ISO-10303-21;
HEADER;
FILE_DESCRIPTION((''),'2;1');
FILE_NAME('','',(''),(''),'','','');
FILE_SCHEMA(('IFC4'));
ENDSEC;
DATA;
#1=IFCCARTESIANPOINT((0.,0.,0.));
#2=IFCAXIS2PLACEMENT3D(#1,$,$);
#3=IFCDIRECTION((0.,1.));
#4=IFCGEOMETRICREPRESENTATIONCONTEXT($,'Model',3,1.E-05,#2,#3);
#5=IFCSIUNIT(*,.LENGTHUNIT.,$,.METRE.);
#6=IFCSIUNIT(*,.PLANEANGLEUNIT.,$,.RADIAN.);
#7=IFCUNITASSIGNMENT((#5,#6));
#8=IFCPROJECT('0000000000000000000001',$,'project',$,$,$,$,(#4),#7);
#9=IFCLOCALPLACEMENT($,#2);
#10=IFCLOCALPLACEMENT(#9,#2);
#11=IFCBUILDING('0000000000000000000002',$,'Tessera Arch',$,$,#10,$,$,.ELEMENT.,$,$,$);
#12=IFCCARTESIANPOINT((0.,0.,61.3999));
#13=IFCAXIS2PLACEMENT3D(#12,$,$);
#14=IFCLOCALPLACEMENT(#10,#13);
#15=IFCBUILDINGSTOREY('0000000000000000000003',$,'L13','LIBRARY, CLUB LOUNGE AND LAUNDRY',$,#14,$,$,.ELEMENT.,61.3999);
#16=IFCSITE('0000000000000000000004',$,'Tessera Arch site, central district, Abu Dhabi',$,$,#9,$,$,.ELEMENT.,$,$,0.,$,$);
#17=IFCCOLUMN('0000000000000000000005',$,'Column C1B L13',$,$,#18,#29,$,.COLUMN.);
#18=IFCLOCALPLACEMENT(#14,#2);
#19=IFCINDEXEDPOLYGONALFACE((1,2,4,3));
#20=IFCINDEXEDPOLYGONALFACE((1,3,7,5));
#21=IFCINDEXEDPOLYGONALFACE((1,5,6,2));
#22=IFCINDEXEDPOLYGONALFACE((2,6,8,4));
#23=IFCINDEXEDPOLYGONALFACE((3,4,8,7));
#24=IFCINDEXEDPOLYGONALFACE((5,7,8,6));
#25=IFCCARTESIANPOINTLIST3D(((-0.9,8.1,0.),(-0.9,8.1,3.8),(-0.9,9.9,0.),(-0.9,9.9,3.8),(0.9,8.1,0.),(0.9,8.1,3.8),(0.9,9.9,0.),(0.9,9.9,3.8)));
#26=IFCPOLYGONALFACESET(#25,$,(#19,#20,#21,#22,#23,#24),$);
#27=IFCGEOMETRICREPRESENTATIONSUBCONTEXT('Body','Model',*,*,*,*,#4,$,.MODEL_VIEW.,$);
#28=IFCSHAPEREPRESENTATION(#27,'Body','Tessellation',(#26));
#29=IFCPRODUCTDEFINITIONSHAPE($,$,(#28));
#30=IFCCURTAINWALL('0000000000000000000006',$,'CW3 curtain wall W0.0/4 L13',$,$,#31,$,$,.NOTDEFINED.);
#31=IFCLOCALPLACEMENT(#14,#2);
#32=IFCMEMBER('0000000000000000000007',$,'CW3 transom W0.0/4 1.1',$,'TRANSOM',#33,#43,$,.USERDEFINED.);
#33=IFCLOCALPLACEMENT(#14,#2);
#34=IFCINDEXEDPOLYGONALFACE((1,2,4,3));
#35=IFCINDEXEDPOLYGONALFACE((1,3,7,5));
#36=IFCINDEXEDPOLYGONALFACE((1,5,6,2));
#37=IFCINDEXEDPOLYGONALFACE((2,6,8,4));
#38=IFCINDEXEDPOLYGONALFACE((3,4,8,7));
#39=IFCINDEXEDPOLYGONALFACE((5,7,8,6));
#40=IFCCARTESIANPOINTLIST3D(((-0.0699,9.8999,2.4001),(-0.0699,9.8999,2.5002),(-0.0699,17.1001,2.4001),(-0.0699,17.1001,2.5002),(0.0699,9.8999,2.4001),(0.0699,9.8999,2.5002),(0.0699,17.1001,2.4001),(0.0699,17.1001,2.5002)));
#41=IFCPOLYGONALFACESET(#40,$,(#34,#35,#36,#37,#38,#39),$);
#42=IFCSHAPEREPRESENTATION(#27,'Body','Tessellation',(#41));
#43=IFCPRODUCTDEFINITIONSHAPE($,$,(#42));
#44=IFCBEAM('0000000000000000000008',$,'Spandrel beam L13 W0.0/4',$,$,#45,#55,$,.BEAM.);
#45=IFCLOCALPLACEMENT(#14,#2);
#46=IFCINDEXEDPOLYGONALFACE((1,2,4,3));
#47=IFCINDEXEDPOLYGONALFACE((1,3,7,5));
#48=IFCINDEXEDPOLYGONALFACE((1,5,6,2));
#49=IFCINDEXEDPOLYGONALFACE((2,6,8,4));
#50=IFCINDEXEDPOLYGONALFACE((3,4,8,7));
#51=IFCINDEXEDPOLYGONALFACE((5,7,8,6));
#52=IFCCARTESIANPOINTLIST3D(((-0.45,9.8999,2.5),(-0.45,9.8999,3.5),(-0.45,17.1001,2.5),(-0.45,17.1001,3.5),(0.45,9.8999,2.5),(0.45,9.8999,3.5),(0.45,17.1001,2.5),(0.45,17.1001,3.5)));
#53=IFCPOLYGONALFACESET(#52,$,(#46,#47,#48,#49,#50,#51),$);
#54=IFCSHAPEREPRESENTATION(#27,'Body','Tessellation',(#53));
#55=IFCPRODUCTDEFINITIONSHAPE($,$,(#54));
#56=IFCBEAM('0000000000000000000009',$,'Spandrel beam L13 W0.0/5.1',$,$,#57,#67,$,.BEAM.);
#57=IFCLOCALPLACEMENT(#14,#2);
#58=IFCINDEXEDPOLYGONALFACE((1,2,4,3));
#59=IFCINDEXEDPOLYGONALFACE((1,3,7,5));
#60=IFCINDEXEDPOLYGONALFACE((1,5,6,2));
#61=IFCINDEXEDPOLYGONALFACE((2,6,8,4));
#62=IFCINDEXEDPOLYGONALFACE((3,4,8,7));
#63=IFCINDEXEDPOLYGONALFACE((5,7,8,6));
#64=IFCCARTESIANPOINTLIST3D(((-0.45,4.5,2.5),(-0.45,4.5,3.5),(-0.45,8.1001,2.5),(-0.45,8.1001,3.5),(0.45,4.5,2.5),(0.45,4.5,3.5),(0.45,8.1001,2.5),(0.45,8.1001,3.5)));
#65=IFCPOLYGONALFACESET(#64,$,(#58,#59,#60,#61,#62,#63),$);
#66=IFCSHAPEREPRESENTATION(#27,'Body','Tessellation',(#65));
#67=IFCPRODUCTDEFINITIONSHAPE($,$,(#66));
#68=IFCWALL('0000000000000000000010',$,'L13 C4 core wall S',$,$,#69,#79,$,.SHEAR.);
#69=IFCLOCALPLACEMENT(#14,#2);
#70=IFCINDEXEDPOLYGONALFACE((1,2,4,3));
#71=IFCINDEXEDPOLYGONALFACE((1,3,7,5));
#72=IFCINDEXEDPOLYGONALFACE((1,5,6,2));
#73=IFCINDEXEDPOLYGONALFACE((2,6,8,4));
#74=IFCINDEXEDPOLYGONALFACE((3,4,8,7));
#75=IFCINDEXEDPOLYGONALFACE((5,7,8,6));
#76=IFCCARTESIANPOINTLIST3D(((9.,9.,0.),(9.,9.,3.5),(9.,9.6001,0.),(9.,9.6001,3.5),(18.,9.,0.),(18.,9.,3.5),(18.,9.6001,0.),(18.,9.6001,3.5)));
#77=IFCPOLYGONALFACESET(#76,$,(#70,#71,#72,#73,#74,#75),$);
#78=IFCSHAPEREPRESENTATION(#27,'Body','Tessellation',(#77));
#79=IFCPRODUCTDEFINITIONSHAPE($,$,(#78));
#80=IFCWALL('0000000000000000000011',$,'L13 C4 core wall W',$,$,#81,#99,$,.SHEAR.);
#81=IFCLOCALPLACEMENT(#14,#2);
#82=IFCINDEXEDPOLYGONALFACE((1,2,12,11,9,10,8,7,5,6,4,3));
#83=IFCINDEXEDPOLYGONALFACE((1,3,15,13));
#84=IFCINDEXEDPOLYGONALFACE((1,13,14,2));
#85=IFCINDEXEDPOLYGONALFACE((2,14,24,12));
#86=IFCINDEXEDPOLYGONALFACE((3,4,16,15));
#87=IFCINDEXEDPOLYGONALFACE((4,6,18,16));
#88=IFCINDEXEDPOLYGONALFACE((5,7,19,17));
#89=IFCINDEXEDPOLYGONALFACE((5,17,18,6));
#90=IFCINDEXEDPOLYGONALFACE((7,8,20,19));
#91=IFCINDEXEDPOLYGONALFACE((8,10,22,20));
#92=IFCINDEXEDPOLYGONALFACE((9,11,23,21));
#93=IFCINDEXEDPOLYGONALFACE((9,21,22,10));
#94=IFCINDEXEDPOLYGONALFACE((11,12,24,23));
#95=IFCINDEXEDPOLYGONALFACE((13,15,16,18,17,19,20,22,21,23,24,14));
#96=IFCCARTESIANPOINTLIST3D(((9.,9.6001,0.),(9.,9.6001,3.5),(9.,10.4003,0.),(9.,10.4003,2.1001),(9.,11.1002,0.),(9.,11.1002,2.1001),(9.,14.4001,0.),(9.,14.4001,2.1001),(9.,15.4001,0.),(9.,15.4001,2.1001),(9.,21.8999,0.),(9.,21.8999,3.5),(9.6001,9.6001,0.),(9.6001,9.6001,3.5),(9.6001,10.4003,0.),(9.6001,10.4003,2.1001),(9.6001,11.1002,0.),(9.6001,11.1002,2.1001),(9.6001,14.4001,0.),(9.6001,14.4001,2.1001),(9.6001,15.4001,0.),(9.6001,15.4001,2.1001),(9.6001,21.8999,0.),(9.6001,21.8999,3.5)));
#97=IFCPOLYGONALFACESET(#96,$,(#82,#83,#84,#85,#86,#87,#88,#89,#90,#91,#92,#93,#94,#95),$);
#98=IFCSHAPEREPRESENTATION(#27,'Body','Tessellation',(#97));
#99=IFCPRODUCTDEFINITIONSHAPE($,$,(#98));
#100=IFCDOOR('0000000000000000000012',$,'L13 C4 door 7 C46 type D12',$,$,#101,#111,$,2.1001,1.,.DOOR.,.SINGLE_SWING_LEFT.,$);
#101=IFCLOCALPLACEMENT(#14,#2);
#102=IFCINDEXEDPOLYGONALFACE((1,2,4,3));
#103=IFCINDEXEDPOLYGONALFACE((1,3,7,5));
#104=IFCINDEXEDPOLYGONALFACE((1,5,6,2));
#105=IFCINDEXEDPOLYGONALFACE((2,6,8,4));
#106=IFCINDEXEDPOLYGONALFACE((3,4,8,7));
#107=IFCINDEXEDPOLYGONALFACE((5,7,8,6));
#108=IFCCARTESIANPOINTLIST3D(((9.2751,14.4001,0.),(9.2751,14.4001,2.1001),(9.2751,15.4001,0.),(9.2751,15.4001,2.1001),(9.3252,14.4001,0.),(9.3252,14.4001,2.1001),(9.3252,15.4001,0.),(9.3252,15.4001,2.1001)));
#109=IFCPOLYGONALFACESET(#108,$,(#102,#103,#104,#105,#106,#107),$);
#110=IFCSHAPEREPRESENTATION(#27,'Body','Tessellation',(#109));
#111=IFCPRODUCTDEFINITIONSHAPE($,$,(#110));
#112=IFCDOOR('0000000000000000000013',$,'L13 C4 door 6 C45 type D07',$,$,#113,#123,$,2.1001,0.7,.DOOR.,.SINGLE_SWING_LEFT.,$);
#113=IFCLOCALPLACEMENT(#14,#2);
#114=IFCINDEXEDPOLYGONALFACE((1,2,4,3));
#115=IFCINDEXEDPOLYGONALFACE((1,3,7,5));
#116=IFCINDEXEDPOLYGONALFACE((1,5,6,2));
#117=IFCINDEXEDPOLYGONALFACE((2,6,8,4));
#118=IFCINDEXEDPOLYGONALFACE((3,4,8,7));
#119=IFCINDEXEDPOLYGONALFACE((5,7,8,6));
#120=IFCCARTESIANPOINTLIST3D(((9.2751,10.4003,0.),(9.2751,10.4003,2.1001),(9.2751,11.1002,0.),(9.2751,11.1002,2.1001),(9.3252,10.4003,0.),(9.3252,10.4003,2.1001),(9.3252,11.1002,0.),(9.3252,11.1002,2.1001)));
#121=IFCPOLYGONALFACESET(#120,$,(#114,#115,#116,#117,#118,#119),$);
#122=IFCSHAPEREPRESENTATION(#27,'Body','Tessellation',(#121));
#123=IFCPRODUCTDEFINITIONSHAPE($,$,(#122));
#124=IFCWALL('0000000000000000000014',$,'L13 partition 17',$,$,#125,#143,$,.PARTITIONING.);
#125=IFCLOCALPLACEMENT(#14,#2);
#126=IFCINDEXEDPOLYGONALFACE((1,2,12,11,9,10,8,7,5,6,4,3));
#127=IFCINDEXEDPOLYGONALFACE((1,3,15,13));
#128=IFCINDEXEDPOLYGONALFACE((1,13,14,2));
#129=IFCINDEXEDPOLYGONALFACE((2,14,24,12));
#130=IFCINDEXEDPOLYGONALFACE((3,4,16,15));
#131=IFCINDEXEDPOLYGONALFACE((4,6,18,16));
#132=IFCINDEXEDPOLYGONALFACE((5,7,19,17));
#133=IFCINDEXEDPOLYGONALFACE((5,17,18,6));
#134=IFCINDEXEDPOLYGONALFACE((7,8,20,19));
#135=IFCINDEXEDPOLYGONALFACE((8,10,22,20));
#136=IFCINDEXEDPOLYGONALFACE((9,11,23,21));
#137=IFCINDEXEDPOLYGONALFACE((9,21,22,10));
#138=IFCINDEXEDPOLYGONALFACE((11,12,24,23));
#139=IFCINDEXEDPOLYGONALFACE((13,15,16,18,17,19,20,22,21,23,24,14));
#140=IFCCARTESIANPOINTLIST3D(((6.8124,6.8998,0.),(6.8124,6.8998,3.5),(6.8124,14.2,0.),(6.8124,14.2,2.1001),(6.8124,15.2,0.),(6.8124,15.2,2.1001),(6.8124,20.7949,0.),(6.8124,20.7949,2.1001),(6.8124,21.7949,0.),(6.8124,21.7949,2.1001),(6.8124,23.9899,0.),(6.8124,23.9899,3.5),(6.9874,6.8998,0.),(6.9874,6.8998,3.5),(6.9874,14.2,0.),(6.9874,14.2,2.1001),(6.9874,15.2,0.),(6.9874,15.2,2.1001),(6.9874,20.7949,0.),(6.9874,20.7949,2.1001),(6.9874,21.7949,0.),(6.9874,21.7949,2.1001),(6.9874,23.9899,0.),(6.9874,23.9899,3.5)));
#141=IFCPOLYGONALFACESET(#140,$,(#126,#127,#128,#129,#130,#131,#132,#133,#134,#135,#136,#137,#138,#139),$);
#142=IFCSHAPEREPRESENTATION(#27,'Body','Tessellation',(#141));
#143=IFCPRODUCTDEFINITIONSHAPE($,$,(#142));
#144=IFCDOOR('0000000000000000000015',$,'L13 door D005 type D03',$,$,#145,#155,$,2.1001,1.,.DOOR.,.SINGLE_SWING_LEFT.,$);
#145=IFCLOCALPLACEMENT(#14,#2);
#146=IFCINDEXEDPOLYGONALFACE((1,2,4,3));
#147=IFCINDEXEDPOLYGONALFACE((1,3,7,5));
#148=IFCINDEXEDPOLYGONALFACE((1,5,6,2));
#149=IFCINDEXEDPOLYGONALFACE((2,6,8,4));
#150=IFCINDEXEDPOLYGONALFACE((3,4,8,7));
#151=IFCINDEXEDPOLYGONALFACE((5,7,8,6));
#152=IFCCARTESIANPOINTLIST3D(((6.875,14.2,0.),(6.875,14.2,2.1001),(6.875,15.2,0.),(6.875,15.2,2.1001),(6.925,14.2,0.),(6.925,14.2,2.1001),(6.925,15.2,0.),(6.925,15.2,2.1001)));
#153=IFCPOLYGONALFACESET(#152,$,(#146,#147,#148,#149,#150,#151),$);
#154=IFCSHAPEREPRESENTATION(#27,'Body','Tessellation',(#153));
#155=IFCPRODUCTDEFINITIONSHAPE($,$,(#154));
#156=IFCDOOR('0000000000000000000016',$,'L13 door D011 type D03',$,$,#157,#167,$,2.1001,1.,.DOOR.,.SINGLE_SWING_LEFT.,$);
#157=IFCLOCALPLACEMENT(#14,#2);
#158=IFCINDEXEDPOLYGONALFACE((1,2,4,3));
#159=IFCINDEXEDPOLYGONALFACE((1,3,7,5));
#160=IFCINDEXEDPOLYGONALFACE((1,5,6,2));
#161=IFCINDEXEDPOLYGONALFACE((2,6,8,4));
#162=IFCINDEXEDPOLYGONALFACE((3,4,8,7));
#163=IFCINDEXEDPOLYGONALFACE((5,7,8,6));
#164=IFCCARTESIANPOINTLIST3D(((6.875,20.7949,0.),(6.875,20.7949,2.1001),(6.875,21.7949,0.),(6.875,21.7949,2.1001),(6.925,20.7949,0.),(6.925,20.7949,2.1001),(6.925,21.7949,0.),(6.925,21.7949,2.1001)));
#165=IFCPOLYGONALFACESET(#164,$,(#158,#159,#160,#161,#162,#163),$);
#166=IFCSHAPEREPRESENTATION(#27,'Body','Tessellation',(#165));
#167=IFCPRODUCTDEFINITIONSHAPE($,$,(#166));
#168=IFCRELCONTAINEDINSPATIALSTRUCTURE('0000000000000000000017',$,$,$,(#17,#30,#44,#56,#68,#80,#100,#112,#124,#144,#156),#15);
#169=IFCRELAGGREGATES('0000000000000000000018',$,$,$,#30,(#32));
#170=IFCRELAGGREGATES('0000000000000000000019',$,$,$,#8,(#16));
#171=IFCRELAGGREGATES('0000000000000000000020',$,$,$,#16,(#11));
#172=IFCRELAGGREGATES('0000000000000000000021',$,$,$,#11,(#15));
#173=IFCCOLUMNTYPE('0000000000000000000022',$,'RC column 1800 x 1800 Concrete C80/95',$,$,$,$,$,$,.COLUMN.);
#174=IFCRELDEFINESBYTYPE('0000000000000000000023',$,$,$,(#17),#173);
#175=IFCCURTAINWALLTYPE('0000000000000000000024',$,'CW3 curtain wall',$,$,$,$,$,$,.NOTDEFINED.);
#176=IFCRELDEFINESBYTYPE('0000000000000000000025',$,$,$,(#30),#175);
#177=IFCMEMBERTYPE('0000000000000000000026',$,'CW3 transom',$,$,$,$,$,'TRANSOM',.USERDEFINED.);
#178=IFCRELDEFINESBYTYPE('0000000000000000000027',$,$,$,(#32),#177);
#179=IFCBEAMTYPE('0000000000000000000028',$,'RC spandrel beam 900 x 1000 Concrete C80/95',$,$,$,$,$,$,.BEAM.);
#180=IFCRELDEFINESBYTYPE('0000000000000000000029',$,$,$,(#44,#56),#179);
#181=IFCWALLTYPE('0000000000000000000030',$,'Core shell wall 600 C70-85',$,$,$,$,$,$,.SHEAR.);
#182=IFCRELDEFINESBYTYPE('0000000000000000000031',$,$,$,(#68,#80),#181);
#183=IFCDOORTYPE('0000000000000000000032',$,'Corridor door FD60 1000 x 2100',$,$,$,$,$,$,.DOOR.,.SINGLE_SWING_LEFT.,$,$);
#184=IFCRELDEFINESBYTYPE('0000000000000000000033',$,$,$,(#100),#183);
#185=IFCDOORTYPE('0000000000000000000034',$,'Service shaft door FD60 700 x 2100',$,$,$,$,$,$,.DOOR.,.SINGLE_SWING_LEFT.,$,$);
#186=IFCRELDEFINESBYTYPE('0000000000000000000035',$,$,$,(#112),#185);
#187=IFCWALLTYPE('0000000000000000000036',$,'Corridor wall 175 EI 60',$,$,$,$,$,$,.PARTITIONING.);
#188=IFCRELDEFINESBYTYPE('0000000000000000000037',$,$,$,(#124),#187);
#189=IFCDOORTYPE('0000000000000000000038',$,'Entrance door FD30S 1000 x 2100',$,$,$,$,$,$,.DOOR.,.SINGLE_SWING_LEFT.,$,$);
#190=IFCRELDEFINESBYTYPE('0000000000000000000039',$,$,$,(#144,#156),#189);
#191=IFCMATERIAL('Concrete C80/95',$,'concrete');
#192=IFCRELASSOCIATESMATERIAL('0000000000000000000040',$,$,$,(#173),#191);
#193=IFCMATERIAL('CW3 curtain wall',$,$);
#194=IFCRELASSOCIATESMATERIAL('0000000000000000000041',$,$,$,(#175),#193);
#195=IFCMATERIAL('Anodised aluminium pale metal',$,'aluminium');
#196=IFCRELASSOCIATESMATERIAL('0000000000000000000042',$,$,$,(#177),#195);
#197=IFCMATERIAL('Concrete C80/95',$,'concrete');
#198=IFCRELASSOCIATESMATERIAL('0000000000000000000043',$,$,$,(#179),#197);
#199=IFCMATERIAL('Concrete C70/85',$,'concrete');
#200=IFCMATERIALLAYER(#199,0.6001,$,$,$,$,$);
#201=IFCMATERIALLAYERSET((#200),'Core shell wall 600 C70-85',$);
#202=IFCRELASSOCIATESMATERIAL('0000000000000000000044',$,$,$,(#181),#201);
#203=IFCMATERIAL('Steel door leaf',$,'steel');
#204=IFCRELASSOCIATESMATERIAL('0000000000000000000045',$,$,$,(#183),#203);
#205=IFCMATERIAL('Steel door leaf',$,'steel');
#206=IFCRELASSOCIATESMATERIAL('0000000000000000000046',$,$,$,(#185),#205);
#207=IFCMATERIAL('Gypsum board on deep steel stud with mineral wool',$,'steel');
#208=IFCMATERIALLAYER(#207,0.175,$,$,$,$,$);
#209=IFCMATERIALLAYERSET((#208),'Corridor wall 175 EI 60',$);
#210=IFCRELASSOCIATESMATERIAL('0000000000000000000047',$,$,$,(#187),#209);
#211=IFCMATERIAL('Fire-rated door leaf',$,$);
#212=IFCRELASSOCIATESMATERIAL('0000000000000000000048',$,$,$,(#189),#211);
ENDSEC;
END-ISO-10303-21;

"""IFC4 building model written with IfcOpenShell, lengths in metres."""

from ifc_helpers import new_model, si_unit, direction, frame, frame_2d, origin, origin_2d, place, context, subcontext, project, spatial, rectangle, extrude, material, layer, layer_set, material_profile, profile_set, type_object, element, fill, aggregate, save


model = new_model("IFC4")

# Units and contexts
model_context = context("Model", 3, precision=1e-05, world=origin(), true_north=direction((0.0, 1.0)))
body_context = subcontext(model_context, "Body", "Model", "MODEL_VIEW")
ifc_project = project(units=[si_unit("LENGTHUNIT", "METRE"), si_unit("PLANEANGLEUNIT", "RADIAN")], contexts=[model_context])

# Site, building, storey
site_placement = place(None, origin())
site = spatial("IfcSite", under=ifc_project, at=site_placement, Name="Tessera Arch site, central district, Abu Dhabi", CompositionType="ELEMENT", RefElevation=0.0)
building_placement = place(site_placement, origin())
building = spatial("IfcBuilding", under=site, at=building_placement, Name="Tessera Arch", CompositionType="ELEMENT")
storey_placement = place(building_placement, frame((0.0, 0.0, 61.3999)))
storey = spatial("IfcBuildingStorey", under=building, at=storey_placement, Name="L13", Description="LIBRARY, CLUB LOUNGE AND LAUNDRY", CompositionType="ELEMENT", Elevation=61.3999)

# Column
ifc_material_1 = material(Name="Concrete C80/95", Category="concrete")
ifc_material_profile_1 = material_profile(ifc_material_1, rectangle(XDim=1.8, YDim=1.8, at=origin_2d()), Name="RC column 1800 x 1800 Concrete C80/95")
ifc_profile_set_1 = profile_set([ifc_material_profile_1], Name="Concrete C80/95")
column_type = type_object("IfcColumnType", Name="RC column 1800 x 1800 Concrete C80/95", PredefinedType="COLUMN", material=ifc_profile_set_1)
column_placement = place(storey_placement, frame((0.0, 9.0, 0.0), z_axis=(0.0, 0.0, 1.0), x_axis=(1.0, 0.0, 0.0)))
element("IfcColumn", 1, at=column_placement, inside=storey, type_object=column_type, Name="Column C1B L13", PredefinedType="COLUMN", context=body_context, shape_type="SweptSolid", body=[
    extrude(rectangle(XDim=1.8, YDim=1.8, at=origin_2d()), origin(), (0.0, 0.0, 1.0), 3.8),
])

# Curtain wall, member
ifc_material_2 = material(Name="CW3 curtain wall")
curtain_wall_type = type_object("IfcCurtainWallType", Name="CW3 curtain wall", PredefinedType="NOTDEFINED", material=ifc_material_2)
curtain_wall_placement = place(storey_placement, origin())
curtain_wall = element("IfcCurtainWall", 2, at=curtain_wall_placement, inside=storey, type_object=curtain_wall_type, Name="CW3 curtain wall W0.0/4 L13", PredefinedType="NOTDEFINED")
ifc_material_3 = material(Name="Anodised aluminium pale metal", Category="aluminium")
ifc_material_profile_2 = material_profile(ifc_material_3, rectangle(XDim=0.1399, YDim=0.1001, at=origin_2d()), Name="AL 140x100")
ifc_profile_set_2 = profile_set([ifc_material_profile_2], Name="Anodised aluminium pale metal")
member_type = type_object("IfcMemberType", Name="CW3 transom", ElementType="TRANSOM", PredefinedType="USERDEFINED", material=ifc_profile_set_2)
member_placement = place(storey_placement, frame((0.0, 17.1001, 2.4502), z_axis=(0.0, -1.0, 0.0), x_axis=(1.0, 0.0, 0.0)))
member = element("IfcMember", 3, at=member_placement, type_object=member_type, Name="CW3 transom W0.0/4 1.1", ObjectType="TRANSOM", PredefinedType="USERDEFINED", context=body_context, shape_type="SweptSolid", body=[
    extrude(rectangle(XDim=0.1399, YDim=0.1001, at=origin_2d()), origin(), (0.0, 0.0, 1.0), 7.2002),
])
aggregate(curtain_wall, [member])

# Beams
ifc_material_4 = material(Name="Concrete C80/95", Category="concrete")
ifc_material_profile_3 = material_profile(ifc_material_4, rectangle(XDim=0.8999, YDim=1.0, at=origin_2d()), Name="RC spandrel beam 900 x 1000 Concrete C80/95")
ifc_profile_set_3 = profile_set([ifc_material_profile_3], Name="Concrete C80/95")
beam_type = type_object("IfcBeamType", Name="RC spandrel beam 900 x 1000 Concrete C80/95", PredefinedType="BEAM", material=ifc_profile_set_3)
beam_1_placement = place(storey_placement, frame((0.0, 17.1001, 3.0), z_axis=(0.0, -1.0, 0.0), x_axis=(1.0, 0.0, 0.0)))
element("IfcBeam", 4, at=beam_1_placement, inside=storey, type_object=beam_type, Name="Spandrel beam L13 W0.0/4", PredefinedType="BEAM", context=body_context, shape_type="SweptSolid", body=[
    extrude(rectangle(XDim=0.8999, YDim=1.0, at=origin_2d()), origin(), (0.0, 0.0, 1.0), 7.2002),
])
beam_2_placement = place(storey_placement, frame((0.0, 8.1001, 3.0), z_axis=(0.0, -1.0, 0.0), x_axis=(1.0, 0.0, 0.0)))
element("IfcBeam", 5, at=beam_2_placement, inside=storey, type_object=beam_type, Name="Spandrel beam L13 W0.0/5.1", PredefinedType="BEAM", context=body_context, shape_type="SweptSolid", body=[
    extrude(rectangle(XDim=0.8999, YDim=1.0, at=origin_2d()), origin(), (0.0, 0.0, 1.0), 3.6001),
])

# Wall
ifc_material_5 = material(Name="Concrete C70/85", Category="concrete")
ifc_layer_1 = layer(ifc_material_5, 0.6001)
ifc_layer_set_1 = layer_set([ifc_layer_1], Name="Core shell wall 600 C70-85")
wall_type_1 = type_object("IfcWallType", Name="Core shell wall 600 C70-85", PredefinedType="SHEAR", material=ifc_layer_set_1)
wall_1_placement = place(storey_placement, frame((9.0, 9.3, 0.0), z_axis=(0.0, 0.0, 1.0), x_axis=(1.0, 0.0, 0.0)))
element("IfcWall", 6, at=wall_1_placement, inside=storey, type_object=wall_type_1, Name="L13 C4 core wall S", PredefinedType="SHEAR", context=body_context, shape_type="SweptSolid", body=[
    extrude(rectangle(XDim=9.0, YDim=0.6001, at=frame_2d((4.5, 0.0))), origin(), (0.0, 0.0, 1.0), 3.5),
])

# Walls, openings, doors
wall_2_placement = place(storey_placement, frame((9.3, 9.6001, 0.0), z_axis=(0.0, 0.0, 1.0), x_axis=(0.0, 1.0, 0.0)))
wall_2 = element("IfcWall", 7, at=wall_2_placement, inside=storey, type_object=wall_type_1, Name="L13 C4 core wall W", PredefinedType="SHEAR", context=body_context, shape_type="SweptSolid", body=[
    extrude(rectangle(XDim=12.2998, YDim=0.6001, at=frame_2d((6.1499, 0.0))), origin(), (0.0, 0.0, 1.0), 3.5),
])
opening_1_placement = place(wall_2_placement, frame((0.8, 0.0, 0.0)))
opening_1 = element("IfcOpeningElement", 8, at=opening_1_placement, cuts=wall_2, PredefinedType="OPENING", context=body_context, shape_type="SweptSolid", body=[
    extrude(rectangle(XDim=0.7, YDim=2.1001, at=frame_2d((0.3501, 1.05))), frame((0.0, 0.3101, 0.0), z_axis=(0.0, -1.0, 0.0), x_axis=(1.0, 0.0, 0.0)), (0.0, 0.0, 1.0), 0.6201),
])
opening_2_placement = place(wall_2_placement, frame((4.8, 0.0, 0.0)))
opening_2 = element("IfcOpeningElement", 9, at=opening_2_placement, cuts=wall_2, PredefinedType="OPENING", context=body_context, shape_type="SweptSolid", body=[
    extrude(rectangle(XDim=1.0, YDim=2.1001, at=frame_2d((0.5, 1.05))), frame((0.0, 0.3101, 0.0), z_axis=(0.0, -1.0, 0.0), x_axis=(1.0, 0.0, 0.0)), (0.0, 0.0, 1.0), 0.6201),
])
ifc_material_6 = material(Name="Steel door leaf", Category="steel")
door_type_1 = type_object("IfcDoorType", Name="Corridor door FD60 1000 x 2100", OperationType="SINGLE_SWING_LEFT", PredefinedType="DOOR", material=ifc_material_6)
door_1_placement = place(opening_2_placement, origin())
door_1 = element("IfcDoor", 10, at=door_1_placement, inside=storey, type_object=door_type_1, Name="L13 C4 door 7 C46 type D12", OperationType="SINGLE_SWING_LEFT", OverallHeight=2.1001, OverallWidth=1.0, PredefinedType="DOOR", context=body_context, shape_type="SweptSolid", body=[
    extrude(rectangle(XDim=1.0, YDim=2.1001, at=frame_2d((0.5, 1.05))), frame((0.0, 0.0249, 0.0), z_axis=(0.0, -1.0, 0.0), x_axis=(1.0, 0.0, 0.0)), (0.0, 0.0, 1.0), 0.05),
])
fill(opening_2, door_1)
ifc_material_7 = material(Name="Steel door leaf", Category="steel")
door_type_2 = type_object("IfcDoorType", Name="Service shaft door FD60 700 x 2100", OperationType="SINGLE_SWING_LEFT", PredefinedType="DOOR", material=ifc_material_7)
door_2_placement = place(opening_1_placement, origin())
door_2 = element("IfcDoor", 11, at=door_2_placement, inside=storey, type_object=door_type_2, Name="L13 C4 door 6 C45 type D07", OperationType="SINGLE_SWING_LEFT", OverallHeight=2.1001, OverallWidth=0.7, PredefinedType="DOOR", context=body_context, shape_type="SweptSolid", body=[
    extrude(rectangle(XDim=0.7, YDim=2.1001, at=frame_2d((0.3501, 1.05))), frame((0.0, 0.0249, 0.0), z_axis=(0.0, -1.0, 0.0), x_axis=(1.0, 0.0, 0.0)), (0.0, 0.0, 1.0), 0.05),
])
fill(opening_1, door_2)
ifc_material_8 = material(Name="Gypsum board on deep steel stud with mineral wool", Category="steel")
ifc_layer_2 = layer(ifc_material_8, 0.175)
ifc_layer_set_2 = layer_set([ifc_layer_2], Name="Corridor wall 175 EI 60")
wall_type_2 = type_object("IfcWallType", Name="Corridor wall 175 EI 60", PredefinedType="PARTITIONING", material=ifc_layer_set_2)
wall_3_placement = place(storey_placement, frame((6.8999, 6.8999, 0.0), z_axis=(0.0, 0.0, 1.0), x_axis=(0.0, 1.0, 0.0)))
wall_3 = element("IfcWall", 12, at=wall_3_placement, inside=storey, type_object=wall_type_2, Name="L13 partition 17", PredefinedType="PARTITIONING", context=body_context, shape_type="SweptSolid", body=[
    extrude(rectangle(XDim=17.0901, YDim=0.175, at=frame_2d((8.5449, 0.0))), origin(), (0.0, 0.0, 1.0), 3.5),
])
opening_3_placement = place(wall_3_placement, frame((7.3, 0.0, 0.0)))
opening_3 = element("IfcOpeningElement", 13, at=opening_3_placement, cuts=wall_3, PredefinedType="OPENING", context=body_context, shape_type="SweptSolid", body=[
    extrude(rectangle(XDim=1.0, YDim=2.1001, at=frame_2d((0.5, 1.05))), frame((0.0, 0.0974, 0.0), z_axis=(0.0, -1.0, 0.0), x_axis=(1.0, 0.0, 0.0)), (0.0, 0.0, 1.0), 0.1951),
])
opening_4_placement = place(wall_3_placement, frame((13.895, 0.0, 0.0)))
opening_4 = element("IfcOpeningElement", 14, at=opening_4_placement, cuts=wall_3, PredefinedType="OPENING", context=body_context, shape_type="SweptSolid", body=[
    extrude(rectangle(XDim=1.0, YDim=2.1001, at=frame_2d((0.5, 1.05))), frame((0.0, 0.0974, 0.0), z_axis=(0.0, -1.0, 0.0), x_axis=(1.0, 0.0, 0.0)), (0.0, 0.0, 1.0), 0.1951),
])
ifc_material_9 = material(Name="Fire-rated door leaf")
door_type_3 = type_object("IfcDoorType", Name="Entrance door FD30S 1000 x 2100", OperationType="SINGLE_SWING_LEFT", PredefinedType="DOOR", material=ifc_material_9)
door_3_placement = place(opening_3_placement, origin())
door_3 = element("IfcDoor", 15, at=door_3_placement, inside=storey, type_object=door_type_3, Name="L13 door D005 type D03", OperationType="SINGLE_SWING_LEFT", OverallHeight=2.1001, OverallWidth=1.0, PredefinedType="DOOR", context=body_context, shape_type="SweptSolid", body=[
    extrude(rectangle(XDim=1.0, YDim=2.1001, at=frame_2d((0.5, 1.05))), frame((0.0, 0.0249, 0.0), z_axis=(0.0, -1.0, 0.0), x_axis=(1.0, 0.0, 0.0)), (0.0, 0.0, 1.0), 0.05),
])
fill(opening_3, door_3)
door_4_placement = place(opening_4_placement, origin())
door_4 = element("IfcDoor", 16, at=door_4_placement, inside=storey, type_object=door_type_3, Name="L13 door D011 type D03", OperationType="SINGLE_SWING_LEFT", OverallHeight=2.1001, OverallWidth=1.0, PredefinedType="DOOR", context=body_context, shape_type="SweptSolid", body=[
    extrude(rectangle(XDim=1.0, YDim=2.1001, at=frame_2d((0.5, 1.05))), frame((0.0, 0.0249, 0.0), z_axis=(0.0, -1.0, 0.0), x_axis=(1.0, 0.0, 0.0)), (0.0, 0.0, 1.0), 0.05),
])
fill(opening_4, door_4)

save(model, "model.ifc")
